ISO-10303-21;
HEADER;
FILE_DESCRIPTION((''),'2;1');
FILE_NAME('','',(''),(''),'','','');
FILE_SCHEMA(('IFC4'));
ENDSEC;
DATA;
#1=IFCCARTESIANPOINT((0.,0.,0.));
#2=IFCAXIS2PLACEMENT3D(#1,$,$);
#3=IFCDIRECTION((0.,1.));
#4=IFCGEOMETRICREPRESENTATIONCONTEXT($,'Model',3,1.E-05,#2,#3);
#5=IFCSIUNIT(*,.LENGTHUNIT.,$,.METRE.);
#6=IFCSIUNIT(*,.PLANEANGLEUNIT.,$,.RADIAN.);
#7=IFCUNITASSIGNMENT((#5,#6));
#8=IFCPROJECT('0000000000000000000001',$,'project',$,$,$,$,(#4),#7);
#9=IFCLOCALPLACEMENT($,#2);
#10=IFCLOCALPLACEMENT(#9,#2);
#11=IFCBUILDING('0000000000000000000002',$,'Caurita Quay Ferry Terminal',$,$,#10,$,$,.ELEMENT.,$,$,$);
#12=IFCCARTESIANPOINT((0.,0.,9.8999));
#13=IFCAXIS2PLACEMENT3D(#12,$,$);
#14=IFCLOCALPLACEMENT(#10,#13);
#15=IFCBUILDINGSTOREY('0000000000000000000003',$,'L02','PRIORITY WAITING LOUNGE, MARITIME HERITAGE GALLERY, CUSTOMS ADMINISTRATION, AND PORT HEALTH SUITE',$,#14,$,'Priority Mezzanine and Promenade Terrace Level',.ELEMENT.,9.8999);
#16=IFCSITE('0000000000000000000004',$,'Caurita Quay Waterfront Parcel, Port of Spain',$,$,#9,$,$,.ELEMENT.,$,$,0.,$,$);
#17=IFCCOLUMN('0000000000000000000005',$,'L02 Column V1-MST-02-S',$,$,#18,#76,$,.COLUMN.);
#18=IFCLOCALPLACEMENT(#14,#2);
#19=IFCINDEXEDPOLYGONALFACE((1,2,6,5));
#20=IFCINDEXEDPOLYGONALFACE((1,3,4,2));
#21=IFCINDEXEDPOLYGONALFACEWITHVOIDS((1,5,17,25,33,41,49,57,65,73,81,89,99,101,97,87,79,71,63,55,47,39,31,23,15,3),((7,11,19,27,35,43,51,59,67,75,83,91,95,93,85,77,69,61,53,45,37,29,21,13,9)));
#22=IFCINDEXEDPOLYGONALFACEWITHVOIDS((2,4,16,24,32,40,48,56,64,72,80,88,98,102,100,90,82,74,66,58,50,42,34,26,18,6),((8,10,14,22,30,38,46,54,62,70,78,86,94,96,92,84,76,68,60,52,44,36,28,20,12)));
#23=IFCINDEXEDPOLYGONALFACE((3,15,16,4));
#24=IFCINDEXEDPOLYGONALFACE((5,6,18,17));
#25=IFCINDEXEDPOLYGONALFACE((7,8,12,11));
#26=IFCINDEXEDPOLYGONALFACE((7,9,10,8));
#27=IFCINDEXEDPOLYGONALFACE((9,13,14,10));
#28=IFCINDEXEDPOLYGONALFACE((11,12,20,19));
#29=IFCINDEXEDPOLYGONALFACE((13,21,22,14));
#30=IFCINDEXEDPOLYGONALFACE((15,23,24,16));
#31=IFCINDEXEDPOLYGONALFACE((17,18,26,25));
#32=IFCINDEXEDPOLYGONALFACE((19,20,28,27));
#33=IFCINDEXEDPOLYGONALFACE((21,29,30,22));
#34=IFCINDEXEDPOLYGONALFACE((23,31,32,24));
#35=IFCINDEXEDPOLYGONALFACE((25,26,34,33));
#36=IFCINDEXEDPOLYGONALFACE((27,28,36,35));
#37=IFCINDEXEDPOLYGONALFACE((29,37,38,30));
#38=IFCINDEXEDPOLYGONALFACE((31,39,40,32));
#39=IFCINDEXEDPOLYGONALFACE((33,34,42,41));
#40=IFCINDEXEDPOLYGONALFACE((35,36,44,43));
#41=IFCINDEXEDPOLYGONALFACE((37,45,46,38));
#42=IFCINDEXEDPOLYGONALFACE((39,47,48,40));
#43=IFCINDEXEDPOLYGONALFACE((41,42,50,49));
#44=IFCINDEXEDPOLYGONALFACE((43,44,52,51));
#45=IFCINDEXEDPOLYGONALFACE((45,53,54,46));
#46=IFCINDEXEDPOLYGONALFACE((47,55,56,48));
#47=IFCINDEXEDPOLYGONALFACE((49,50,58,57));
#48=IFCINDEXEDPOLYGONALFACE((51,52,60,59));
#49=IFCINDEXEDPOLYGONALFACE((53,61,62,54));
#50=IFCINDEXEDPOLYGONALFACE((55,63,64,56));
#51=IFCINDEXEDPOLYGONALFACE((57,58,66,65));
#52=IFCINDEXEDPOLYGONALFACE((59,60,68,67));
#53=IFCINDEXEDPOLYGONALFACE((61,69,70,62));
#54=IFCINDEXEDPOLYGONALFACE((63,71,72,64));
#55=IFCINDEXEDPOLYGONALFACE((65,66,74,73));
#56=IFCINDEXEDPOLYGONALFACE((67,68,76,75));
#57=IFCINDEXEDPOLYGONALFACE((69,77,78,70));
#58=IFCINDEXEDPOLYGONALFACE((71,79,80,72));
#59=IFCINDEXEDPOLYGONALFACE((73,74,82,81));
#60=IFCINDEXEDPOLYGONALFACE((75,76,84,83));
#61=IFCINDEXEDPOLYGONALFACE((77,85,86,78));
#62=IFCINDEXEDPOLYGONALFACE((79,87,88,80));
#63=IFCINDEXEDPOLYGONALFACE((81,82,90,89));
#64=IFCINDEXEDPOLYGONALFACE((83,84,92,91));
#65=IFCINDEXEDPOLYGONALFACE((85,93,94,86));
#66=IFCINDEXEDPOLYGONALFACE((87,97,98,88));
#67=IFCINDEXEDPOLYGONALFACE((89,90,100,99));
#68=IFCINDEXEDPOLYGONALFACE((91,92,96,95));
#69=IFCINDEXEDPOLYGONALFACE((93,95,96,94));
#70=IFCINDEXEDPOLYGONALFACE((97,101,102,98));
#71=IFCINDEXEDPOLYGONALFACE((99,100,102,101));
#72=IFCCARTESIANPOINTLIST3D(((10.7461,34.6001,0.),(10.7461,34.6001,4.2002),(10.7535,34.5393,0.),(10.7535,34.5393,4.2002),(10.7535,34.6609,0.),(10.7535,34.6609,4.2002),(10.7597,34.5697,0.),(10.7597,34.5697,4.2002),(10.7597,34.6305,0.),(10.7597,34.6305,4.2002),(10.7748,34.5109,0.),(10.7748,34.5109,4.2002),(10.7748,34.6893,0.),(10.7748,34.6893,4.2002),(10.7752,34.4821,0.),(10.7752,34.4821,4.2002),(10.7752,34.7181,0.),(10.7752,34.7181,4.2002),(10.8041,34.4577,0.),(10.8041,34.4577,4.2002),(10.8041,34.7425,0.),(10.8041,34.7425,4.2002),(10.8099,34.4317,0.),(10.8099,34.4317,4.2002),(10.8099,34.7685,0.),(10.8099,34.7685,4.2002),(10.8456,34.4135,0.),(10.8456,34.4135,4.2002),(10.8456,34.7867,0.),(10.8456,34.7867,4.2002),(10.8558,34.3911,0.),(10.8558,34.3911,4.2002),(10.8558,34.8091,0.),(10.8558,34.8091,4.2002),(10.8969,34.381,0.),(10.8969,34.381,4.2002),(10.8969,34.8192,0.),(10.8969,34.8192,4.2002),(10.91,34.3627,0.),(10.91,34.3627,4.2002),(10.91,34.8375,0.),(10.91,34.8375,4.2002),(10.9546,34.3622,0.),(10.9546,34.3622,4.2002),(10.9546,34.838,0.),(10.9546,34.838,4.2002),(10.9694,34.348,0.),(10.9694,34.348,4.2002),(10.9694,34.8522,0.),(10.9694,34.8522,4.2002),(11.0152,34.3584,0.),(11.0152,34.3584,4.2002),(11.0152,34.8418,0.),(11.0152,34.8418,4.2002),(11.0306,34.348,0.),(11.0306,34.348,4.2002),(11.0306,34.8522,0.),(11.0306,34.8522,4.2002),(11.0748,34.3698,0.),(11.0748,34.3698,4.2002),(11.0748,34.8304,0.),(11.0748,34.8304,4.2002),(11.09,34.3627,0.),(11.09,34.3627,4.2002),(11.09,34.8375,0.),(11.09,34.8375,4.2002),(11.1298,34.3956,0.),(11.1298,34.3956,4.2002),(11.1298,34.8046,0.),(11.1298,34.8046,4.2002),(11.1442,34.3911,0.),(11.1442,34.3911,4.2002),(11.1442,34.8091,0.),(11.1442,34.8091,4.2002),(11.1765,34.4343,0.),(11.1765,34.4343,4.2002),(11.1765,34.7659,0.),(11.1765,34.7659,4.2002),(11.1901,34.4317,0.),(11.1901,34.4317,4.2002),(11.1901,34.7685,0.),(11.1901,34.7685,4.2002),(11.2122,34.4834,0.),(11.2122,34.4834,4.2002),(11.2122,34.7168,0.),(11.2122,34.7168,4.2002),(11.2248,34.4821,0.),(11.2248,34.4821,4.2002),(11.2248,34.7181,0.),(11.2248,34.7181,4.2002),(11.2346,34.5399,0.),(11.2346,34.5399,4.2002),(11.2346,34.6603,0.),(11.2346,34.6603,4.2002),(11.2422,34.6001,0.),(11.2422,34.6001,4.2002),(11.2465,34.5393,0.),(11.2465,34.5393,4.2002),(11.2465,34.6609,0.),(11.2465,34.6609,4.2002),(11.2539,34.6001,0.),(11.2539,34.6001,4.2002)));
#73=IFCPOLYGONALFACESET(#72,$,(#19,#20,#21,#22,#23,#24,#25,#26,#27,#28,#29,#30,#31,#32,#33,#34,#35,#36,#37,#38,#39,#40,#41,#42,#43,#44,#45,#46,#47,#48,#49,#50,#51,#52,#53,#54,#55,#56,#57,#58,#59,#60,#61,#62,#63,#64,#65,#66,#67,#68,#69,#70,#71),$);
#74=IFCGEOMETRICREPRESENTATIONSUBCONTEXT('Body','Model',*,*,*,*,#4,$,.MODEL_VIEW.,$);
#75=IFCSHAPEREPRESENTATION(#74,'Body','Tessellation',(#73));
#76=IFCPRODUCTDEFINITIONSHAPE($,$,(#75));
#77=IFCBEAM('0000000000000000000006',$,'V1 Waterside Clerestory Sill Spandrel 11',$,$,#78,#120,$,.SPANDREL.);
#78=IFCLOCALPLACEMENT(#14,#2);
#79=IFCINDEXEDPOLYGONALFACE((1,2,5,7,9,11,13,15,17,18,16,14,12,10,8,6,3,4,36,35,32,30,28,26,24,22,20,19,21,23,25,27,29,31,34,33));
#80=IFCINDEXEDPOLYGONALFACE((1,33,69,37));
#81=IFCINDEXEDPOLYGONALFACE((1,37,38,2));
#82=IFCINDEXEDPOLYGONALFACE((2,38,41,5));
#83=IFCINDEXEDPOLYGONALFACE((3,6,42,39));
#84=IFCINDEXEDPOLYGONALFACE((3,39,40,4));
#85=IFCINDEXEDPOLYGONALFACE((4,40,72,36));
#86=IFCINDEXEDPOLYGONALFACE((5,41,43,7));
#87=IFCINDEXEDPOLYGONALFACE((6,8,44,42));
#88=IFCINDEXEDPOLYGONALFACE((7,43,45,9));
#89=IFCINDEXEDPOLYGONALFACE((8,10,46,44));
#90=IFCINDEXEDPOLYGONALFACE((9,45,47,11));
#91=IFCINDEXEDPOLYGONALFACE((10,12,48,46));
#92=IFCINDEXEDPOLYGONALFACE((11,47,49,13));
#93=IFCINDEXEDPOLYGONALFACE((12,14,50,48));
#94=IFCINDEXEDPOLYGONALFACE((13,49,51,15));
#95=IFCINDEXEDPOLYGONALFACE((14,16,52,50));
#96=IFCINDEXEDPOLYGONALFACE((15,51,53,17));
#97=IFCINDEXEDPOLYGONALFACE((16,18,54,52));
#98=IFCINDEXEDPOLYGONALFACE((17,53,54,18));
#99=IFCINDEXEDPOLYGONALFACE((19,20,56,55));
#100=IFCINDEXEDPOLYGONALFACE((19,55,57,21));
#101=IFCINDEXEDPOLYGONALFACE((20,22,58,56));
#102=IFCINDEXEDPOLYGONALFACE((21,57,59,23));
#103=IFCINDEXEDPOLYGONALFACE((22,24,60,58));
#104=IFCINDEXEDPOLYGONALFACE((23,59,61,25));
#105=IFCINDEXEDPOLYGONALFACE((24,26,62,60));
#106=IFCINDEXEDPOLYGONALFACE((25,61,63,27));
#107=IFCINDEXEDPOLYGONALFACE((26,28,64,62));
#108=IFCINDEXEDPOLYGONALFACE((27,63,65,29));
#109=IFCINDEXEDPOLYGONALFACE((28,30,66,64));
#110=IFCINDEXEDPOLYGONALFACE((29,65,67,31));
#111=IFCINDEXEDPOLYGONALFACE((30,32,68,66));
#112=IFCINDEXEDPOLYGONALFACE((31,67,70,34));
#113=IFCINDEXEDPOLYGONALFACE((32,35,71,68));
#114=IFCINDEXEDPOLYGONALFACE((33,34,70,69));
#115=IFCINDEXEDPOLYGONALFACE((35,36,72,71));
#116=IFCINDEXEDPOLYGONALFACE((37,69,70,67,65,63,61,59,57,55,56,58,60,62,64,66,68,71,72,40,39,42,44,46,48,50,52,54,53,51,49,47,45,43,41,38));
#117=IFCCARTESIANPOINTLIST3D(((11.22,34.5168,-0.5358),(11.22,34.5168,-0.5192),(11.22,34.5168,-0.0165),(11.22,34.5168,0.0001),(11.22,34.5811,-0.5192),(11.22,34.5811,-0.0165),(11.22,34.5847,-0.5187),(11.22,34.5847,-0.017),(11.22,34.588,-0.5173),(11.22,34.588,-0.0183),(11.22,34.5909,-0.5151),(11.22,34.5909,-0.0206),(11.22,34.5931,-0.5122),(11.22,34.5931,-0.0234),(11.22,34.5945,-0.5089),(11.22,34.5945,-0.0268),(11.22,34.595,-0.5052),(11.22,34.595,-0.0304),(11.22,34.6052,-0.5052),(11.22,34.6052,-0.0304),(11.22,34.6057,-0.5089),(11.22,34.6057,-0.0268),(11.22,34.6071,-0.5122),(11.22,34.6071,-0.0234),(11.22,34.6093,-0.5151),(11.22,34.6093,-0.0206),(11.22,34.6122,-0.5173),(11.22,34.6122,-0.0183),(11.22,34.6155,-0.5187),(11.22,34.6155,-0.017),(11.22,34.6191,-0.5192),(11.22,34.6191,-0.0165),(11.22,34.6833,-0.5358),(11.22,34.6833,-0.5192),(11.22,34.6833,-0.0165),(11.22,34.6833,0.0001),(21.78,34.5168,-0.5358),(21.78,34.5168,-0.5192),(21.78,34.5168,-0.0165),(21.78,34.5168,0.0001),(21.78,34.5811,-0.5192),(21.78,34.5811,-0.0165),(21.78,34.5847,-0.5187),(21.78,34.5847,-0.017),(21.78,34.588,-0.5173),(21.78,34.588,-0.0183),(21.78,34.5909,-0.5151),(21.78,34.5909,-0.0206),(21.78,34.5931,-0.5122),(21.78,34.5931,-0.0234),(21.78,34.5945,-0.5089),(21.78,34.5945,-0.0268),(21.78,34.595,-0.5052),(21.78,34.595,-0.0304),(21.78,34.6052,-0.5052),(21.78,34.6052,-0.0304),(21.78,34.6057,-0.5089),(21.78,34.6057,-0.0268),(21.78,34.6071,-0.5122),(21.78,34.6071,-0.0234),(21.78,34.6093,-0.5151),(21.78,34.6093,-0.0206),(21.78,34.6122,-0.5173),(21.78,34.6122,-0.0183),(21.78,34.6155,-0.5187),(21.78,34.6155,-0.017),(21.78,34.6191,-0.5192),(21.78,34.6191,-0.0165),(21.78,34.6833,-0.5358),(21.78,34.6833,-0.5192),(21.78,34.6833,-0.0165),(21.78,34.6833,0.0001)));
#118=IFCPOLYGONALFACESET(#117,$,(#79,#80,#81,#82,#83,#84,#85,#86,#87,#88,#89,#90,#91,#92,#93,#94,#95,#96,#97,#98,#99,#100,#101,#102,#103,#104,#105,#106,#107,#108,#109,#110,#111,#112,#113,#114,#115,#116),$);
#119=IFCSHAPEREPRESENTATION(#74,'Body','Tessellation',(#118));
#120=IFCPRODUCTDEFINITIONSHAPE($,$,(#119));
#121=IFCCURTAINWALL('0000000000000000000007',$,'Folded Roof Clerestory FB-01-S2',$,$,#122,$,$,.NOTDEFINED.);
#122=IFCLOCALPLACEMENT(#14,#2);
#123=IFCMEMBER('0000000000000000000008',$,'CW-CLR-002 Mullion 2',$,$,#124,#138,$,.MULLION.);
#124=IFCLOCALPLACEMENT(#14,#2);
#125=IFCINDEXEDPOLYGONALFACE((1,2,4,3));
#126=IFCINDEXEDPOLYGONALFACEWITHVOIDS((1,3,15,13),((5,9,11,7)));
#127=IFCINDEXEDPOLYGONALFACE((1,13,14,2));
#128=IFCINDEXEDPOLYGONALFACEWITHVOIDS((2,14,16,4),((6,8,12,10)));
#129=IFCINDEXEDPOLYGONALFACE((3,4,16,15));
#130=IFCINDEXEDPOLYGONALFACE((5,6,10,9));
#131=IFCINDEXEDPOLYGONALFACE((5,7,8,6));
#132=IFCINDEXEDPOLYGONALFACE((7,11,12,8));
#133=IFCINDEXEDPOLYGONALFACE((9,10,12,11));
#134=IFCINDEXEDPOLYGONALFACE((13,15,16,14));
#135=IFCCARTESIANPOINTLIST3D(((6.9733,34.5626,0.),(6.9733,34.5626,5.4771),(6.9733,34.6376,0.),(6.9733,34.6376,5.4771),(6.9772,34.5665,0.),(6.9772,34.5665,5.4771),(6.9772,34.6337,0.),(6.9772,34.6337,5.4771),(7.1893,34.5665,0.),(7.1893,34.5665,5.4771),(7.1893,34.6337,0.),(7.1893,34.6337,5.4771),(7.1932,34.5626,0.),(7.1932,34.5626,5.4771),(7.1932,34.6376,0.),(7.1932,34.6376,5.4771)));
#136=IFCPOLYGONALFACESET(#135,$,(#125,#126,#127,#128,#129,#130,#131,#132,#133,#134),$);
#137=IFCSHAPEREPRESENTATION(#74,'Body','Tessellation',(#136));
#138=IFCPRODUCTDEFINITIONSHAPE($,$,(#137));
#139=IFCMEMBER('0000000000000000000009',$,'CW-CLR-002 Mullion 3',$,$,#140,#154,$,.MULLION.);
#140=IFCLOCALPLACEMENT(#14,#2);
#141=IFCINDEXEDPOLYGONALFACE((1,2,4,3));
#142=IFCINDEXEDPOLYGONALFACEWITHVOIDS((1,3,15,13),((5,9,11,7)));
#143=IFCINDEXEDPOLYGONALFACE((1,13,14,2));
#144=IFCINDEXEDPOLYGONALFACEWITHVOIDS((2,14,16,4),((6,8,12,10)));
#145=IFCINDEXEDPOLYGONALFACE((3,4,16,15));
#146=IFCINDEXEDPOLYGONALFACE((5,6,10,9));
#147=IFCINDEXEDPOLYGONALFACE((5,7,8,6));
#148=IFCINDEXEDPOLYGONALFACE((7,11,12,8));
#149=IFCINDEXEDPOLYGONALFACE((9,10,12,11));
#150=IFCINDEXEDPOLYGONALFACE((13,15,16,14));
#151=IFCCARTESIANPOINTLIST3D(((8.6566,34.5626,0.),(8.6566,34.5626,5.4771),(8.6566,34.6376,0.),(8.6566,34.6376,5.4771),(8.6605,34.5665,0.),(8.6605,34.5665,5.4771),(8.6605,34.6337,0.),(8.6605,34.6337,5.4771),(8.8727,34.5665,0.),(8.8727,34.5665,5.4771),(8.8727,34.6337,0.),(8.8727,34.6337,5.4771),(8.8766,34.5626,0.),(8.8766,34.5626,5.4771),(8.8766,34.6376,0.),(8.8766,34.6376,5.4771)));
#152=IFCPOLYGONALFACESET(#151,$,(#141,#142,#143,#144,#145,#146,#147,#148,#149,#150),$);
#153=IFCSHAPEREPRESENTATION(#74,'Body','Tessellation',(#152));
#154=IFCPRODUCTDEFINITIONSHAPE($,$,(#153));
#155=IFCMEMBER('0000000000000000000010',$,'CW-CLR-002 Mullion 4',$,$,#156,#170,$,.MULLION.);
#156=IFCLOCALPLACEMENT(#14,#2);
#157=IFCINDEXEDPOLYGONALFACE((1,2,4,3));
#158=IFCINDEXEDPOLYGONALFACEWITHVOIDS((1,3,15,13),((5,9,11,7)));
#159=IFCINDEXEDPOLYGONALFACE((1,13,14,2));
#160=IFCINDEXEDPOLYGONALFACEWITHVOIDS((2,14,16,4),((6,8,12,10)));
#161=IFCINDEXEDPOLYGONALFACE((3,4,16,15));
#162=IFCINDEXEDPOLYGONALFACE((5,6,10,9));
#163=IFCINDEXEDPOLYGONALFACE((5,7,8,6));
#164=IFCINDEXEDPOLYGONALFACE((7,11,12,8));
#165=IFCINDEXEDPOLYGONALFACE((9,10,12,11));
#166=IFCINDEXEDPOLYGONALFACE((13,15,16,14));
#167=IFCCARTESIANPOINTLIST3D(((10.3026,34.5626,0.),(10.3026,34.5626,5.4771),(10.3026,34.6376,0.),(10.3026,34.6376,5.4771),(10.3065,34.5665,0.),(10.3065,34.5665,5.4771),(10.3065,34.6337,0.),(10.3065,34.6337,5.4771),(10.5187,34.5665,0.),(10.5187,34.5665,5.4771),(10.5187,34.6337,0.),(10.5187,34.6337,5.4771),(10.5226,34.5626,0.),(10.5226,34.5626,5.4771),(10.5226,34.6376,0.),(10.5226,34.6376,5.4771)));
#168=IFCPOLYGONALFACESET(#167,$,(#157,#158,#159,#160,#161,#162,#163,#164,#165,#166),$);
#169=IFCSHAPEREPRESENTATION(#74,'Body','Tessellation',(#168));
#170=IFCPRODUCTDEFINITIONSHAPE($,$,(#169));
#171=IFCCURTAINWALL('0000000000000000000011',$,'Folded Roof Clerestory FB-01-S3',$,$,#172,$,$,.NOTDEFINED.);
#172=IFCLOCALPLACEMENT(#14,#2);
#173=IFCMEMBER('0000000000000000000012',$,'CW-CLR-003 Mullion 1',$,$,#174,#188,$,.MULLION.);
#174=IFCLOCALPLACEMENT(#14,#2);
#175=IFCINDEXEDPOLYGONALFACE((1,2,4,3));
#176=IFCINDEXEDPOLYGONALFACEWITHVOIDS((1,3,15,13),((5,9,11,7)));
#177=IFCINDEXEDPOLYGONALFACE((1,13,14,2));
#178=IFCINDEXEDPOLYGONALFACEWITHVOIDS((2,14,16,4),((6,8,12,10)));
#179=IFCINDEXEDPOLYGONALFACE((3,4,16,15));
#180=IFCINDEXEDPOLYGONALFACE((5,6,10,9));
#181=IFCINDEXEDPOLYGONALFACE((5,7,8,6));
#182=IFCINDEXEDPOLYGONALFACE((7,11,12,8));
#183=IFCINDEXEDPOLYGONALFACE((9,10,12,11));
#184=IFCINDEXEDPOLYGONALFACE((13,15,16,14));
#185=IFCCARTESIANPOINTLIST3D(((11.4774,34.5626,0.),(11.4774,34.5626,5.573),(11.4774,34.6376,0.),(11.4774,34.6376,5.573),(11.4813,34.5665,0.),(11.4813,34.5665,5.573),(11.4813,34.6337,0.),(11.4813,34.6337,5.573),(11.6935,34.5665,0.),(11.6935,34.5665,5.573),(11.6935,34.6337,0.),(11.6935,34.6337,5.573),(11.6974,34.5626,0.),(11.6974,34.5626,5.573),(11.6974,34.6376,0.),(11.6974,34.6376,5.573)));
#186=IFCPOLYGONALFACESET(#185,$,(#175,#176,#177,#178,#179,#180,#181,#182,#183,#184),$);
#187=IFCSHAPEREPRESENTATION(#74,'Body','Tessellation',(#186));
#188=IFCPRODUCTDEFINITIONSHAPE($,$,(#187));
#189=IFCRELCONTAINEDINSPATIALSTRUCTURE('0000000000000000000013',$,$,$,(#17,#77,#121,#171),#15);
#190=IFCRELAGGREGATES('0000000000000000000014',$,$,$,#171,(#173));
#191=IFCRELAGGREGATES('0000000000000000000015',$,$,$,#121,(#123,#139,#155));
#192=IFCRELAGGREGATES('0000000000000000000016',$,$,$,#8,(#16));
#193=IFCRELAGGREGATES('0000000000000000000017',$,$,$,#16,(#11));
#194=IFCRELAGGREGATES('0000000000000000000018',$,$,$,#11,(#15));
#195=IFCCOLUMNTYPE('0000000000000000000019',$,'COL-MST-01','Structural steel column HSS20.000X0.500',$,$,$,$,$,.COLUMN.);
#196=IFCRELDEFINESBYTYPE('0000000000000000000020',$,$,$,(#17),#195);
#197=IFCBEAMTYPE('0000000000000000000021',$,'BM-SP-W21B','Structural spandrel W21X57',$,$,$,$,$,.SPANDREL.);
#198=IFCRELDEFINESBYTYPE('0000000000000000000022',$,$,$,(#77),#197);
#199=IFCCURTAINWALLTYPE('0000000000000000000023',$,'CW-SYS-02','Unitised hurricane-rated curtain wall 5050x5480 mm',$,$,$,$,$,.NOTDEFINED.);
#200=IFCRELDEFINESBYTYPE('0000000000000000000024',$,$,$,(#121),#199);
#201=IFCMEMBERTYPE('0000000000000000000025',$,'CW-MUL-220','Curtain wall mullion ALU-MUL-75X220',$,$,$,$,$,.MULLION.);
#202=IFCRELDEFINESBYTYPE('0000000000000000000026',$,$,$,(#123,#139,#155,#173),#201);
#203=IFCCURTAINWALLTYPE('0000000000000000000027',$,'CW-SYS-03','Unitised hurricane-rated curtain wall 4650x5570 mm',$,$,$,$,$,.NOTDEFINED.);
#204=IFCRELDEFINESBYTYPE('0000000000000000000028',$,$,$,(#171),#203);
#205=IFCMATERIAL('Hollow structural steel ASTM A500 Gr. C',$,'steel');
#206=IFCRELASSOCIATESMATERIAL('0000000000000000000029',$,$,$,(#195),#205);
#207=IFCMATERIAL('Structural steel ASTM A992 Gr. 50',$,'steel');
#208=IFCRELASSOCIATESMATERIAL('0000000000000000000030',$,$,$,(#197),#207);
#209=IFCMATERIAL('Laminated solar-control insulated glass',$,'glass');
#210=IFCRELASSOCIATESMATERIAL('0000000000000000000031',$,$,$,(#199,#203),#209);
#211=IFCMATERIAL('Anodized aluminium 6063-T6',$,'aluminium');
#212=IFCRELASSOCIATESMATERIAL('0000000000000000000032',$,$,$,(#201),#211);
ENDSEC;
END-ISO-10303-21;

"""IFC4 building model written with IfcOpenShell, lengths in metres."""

from ifc_helpers import new_model, si_unit, direction, frame, origin, origin_2d, place, context, subcontext, project, spatial, hollow_rectangle, hollow_circle, i_section, extrude, material, material_profile, profile_set, type_object, element, aggregate, save


model = new_model("IFC4")

# Units and contexts
model_context = context("Model", 3, precision=1e-05, world=origin(), true_north=direction((0.0, 1.0)))
body_context = subcontext(model_context, "Body", "Model", "MODEL_VIEW")
ifc_project = project(units=[si_unit("LENGTHUNIT", "METRE"), si_unit("PLANEANGLEUNIT", "RADIAN")], contexts=[model_context])

# Site, building, storey
site_placement = place(None, origin())
site = spatial("IfcSite", under=ifc_project, at=site_placement, Name="Caurita Quay Waterfront Parcel, Port of Spain", CompositionType="ELEMENT", RefElevation=0.0)
building_placement = place(site_placement, origin())
building = spatial("IfcBuilding", under=site, at=building_placement, Name="Caurita Quay Ferry Terminal", CompositionType="ELEMENT")
storey_placement = place(building_placement, frame((0.0, 0.0, 9.8999)))
storey = spatial("IfcBuildingStorey", under=building, at=storey_placement, Name="L02", Description="PRIORITY WAITING LOUNGE, MARITIME HERITAGE GALLERY, CUSTOMS ADMINISTRATION, AND PORT HEALTH SUITE", LongName="Priority Mezzanine and Promenade Terrace Level", CompositionType="ELEMENT", Elevation=9.8999)

# Column
ifc_material_1 = material(Name="Hollow structural steel ASTM A500 Gr. C", Category="steel")
ifc_material_profile_1 = material_profile(ifc_material_1, hollow_circle(Radius=0.2539, WallThickness=0.0117, at=origin_2d()), Name="HSS20.000X0.500")
ifc_profile_set_1 = profile_set([ifc_material_profile_1], Name="Hollow structural steel ASTM A500 Gr. C")
column_type = type_object("IfcColumnType", Name="COL-MST-01", Description="Structural steel column HSS20.000X0.500", PredefinedType="COLUMN", material=ifc_profile_set_1)
column_placement = place(storey_placement, frame((11.0, 34.6001, 0.0), z_axis=(0.0, 0.0, 1.0), x_axis=(1.0, 0.0, 0.0)))
element("IfcColumn", 1, at=column_placement, inside=storey, type_object=column_type, Name="L02 Column V1-MST-02-S", PredefinedType="COLUMN", context=body_context, shape_type="SweptSolid", body=[
    extrude(hollow_circle(Radius=0.2539, WallThickness=0.0117, at=origin_2d()), origin(), (0.0, 0.0, 1.0), 4.2002),
])

# Beam
ifc_material_2 = material(Name="Structural steel ASTM A992 Gr. 50", Category="steel")
ifc_material_profile_2 = material_profile(ifc_material_2, i_section(OverallWidth=0.1665, OverallDepth=0.5359, WebThickness=0.0103, FlangeThickness=0.0166, FilletRadius=0.0139, at=origin_2d()), Name="W21X57")
ifc_profile_set_2 = profile_set([ifc_material_profile_2], Name="Structural steel ASTM A992 Gr. 50")
beam_type = type_object("IfcBeamType", Name="BM-SP-W21B", Description="Structural spandrel W21X57", PredefinedType="SPANDREL", material=ifc_profile_set_2)
beam_placement = place(storey_placement, frame((11.22, 34.6001, -0.2678), z_axis=(1.0, 0.0, 0.0), x_axis=(0.0, 1.0, 0.0)))
element("IfcBeam", 2, at=beam_placement, inside=storey, type_object=beam_type, Name="V1 Waterside Clerestory Sill Spandrel 11", PredefinedType="SPANDREL", context=body_context, shape_type="SweptSolid", body=[
    extrude(i_section(OverallWidth=0.1665, OverallDepth=0.5359, WebThickness=0.0103, FlangeThickness=0.0166, FilletRadius=0.0139, at=origin_2d()), origin(), (0.0, 0.0, 1.0), 10.5601),
])

# Curtain wall, members
ifc_material_3 = material(Name="Laminated solar-control insulated glass", Category="glass")
curtain_wall_type_1 = type_object("IfcCurtainWallType", Name="CW-SYS-02", Description="Unitised hurricane-rated curtain wall 5050x5480 mm", PredefinedType="NOTDEFINED", material=ifc_material_3)
curtain_wall_1_placement = place(storey_placement, origin())
curtain_wall_1 = element("IfcCurtainWall", 3, at=curtain_wall_1_placement, inside=storey, type_object=curtain_wall_type_1, Name="Folded Roof Clerestory FB-01-S2", PredefinedType="NOTDEFINED")
ifc_material_4 = material(Name="Anodized aluminium 6063-T6", Category="aluminium")
ifc_material_profile_3 = material_profile(ifc_material_4, hollow_rectangle(XDim=0.075, YDim=0.22, WallThickness=0.0039, at=origin_2d()), Name="ALU-MUL-75X220")
ifc_profile_set_3 = profile_set([ifc_material_profile_3], Name="Anodized aluminium 6063-T6")
member_type_1 = type_object("IfcMemberType", Name="CW-MUL-220", Description="Curtain wall mullion ALU-MUL-75X220", PredefinedType="MULLION", material=ifc_profile_set_3)
member_1_placement = place(storey_placement, frame((7.0833, 34.6001, 0.0), z_axis=(0.0, 0.0, 1.0), x_axis=(0.0, 1.0, 0.0)))
member_1 = element("IfcMember", 4, at=member_1_placement, type_object=member_type_1, Name="CW-CLR-002 Mullion 2", PredefinedType="MULLION", context=body_context, shape_type="SweptSolid", body=[
    extrude(hollow_rectangle(XDim=0.075, YDim=0.22, WallThickness=0.0039, at=origin_2d()), origin(), (0.0, 0.0, 1.0), 5.4771),
])
member_2_placement = place(storey_placement, frame((8.7666, 34.6001, 0.0), z_axis=(0.0, 0.0, 1.0), x_axis=(0.0, 1.0, 0.0)))
member_2 = element("IfcMember", 5, at=member_2_placement, type_object=member_type_1, Name="CW-CLR-002 Mullion 3", PredefinedType="MULLION", context=body_context, shape_type="SweptSolid", body=[
    extrude(hollow_rectangle(XDim=0.075, YDim=0.22, WallThickness=0.0039, at=origin_2d()), origin(), (0.0, 0.0, 1.0), 5.4771),
])
member_3_placement = place(storey_placement, frame((10.4126, 34.6001, 0.0), z_axis=(0.0, 0.0, 1.0), x_axis=(0.0, 1.0, 0.0)))
member_3 = element("IfcMember", 6, at=member_3_placement, type_object=member_type_1, Name="CW-CLR-002 Mullion 4", PredefinedType="MULLION", context=body_context, shape_type="SweptSolid", body=[
    extrude(hollow_rectangle(XDim=0.075, YDim=0.22, WallThickness=0.0039, at=origin_2d()), origin(), (0.0, 0.0, 1.0), 5.4771),
])

# Curtain wall, member
curtain_wall_type_2 = type_object("IfcCurtainWallType", Name="CW-SYS-03", Description="Unitised hurricane-rated curtain wall 4650x5570 mm", PredefinedType="NOTDEFINED", material=ifc_material_3)
curtain_wall_2_placement = place(storey_placement, origin())
curtain_wall_2 = element("IfcCurtainWall", 7, at=curtain_wall_2_placement, inside=storey, type_object=curtain_wall_type_2, Name="Folded Roof Clerestory FB-01-S3", PredefinedType="NOTDEFINED")
member_4_placement = place(storey_placement, frame((11.5874, 34.6001, 0.0), z_axis=(0.0, 0.0, 1.0), x_axis=(0.0, 1.0, 0.0)))
member_4 = element("IfcMember", 8, at=member_4_placement, type_object=member_type_1, Name="CW-CLR-003 Mullion 1", PredefinedType="MULLION", context=body_context, shape_type="SweptSolid", body=[
    extrude(hollow_rectangle(XDim=0.075, YDim=0.22, WallThickness=0.0039, at=origin_2d()), origin(), (0.0, 0.0, 1.0), 5.573),
])
aggregate(curtain_wall_2, [member_4])

aggregate(curtain_wall_1, [member_1, member_2, member_3])

save(model, "model.ifc")
